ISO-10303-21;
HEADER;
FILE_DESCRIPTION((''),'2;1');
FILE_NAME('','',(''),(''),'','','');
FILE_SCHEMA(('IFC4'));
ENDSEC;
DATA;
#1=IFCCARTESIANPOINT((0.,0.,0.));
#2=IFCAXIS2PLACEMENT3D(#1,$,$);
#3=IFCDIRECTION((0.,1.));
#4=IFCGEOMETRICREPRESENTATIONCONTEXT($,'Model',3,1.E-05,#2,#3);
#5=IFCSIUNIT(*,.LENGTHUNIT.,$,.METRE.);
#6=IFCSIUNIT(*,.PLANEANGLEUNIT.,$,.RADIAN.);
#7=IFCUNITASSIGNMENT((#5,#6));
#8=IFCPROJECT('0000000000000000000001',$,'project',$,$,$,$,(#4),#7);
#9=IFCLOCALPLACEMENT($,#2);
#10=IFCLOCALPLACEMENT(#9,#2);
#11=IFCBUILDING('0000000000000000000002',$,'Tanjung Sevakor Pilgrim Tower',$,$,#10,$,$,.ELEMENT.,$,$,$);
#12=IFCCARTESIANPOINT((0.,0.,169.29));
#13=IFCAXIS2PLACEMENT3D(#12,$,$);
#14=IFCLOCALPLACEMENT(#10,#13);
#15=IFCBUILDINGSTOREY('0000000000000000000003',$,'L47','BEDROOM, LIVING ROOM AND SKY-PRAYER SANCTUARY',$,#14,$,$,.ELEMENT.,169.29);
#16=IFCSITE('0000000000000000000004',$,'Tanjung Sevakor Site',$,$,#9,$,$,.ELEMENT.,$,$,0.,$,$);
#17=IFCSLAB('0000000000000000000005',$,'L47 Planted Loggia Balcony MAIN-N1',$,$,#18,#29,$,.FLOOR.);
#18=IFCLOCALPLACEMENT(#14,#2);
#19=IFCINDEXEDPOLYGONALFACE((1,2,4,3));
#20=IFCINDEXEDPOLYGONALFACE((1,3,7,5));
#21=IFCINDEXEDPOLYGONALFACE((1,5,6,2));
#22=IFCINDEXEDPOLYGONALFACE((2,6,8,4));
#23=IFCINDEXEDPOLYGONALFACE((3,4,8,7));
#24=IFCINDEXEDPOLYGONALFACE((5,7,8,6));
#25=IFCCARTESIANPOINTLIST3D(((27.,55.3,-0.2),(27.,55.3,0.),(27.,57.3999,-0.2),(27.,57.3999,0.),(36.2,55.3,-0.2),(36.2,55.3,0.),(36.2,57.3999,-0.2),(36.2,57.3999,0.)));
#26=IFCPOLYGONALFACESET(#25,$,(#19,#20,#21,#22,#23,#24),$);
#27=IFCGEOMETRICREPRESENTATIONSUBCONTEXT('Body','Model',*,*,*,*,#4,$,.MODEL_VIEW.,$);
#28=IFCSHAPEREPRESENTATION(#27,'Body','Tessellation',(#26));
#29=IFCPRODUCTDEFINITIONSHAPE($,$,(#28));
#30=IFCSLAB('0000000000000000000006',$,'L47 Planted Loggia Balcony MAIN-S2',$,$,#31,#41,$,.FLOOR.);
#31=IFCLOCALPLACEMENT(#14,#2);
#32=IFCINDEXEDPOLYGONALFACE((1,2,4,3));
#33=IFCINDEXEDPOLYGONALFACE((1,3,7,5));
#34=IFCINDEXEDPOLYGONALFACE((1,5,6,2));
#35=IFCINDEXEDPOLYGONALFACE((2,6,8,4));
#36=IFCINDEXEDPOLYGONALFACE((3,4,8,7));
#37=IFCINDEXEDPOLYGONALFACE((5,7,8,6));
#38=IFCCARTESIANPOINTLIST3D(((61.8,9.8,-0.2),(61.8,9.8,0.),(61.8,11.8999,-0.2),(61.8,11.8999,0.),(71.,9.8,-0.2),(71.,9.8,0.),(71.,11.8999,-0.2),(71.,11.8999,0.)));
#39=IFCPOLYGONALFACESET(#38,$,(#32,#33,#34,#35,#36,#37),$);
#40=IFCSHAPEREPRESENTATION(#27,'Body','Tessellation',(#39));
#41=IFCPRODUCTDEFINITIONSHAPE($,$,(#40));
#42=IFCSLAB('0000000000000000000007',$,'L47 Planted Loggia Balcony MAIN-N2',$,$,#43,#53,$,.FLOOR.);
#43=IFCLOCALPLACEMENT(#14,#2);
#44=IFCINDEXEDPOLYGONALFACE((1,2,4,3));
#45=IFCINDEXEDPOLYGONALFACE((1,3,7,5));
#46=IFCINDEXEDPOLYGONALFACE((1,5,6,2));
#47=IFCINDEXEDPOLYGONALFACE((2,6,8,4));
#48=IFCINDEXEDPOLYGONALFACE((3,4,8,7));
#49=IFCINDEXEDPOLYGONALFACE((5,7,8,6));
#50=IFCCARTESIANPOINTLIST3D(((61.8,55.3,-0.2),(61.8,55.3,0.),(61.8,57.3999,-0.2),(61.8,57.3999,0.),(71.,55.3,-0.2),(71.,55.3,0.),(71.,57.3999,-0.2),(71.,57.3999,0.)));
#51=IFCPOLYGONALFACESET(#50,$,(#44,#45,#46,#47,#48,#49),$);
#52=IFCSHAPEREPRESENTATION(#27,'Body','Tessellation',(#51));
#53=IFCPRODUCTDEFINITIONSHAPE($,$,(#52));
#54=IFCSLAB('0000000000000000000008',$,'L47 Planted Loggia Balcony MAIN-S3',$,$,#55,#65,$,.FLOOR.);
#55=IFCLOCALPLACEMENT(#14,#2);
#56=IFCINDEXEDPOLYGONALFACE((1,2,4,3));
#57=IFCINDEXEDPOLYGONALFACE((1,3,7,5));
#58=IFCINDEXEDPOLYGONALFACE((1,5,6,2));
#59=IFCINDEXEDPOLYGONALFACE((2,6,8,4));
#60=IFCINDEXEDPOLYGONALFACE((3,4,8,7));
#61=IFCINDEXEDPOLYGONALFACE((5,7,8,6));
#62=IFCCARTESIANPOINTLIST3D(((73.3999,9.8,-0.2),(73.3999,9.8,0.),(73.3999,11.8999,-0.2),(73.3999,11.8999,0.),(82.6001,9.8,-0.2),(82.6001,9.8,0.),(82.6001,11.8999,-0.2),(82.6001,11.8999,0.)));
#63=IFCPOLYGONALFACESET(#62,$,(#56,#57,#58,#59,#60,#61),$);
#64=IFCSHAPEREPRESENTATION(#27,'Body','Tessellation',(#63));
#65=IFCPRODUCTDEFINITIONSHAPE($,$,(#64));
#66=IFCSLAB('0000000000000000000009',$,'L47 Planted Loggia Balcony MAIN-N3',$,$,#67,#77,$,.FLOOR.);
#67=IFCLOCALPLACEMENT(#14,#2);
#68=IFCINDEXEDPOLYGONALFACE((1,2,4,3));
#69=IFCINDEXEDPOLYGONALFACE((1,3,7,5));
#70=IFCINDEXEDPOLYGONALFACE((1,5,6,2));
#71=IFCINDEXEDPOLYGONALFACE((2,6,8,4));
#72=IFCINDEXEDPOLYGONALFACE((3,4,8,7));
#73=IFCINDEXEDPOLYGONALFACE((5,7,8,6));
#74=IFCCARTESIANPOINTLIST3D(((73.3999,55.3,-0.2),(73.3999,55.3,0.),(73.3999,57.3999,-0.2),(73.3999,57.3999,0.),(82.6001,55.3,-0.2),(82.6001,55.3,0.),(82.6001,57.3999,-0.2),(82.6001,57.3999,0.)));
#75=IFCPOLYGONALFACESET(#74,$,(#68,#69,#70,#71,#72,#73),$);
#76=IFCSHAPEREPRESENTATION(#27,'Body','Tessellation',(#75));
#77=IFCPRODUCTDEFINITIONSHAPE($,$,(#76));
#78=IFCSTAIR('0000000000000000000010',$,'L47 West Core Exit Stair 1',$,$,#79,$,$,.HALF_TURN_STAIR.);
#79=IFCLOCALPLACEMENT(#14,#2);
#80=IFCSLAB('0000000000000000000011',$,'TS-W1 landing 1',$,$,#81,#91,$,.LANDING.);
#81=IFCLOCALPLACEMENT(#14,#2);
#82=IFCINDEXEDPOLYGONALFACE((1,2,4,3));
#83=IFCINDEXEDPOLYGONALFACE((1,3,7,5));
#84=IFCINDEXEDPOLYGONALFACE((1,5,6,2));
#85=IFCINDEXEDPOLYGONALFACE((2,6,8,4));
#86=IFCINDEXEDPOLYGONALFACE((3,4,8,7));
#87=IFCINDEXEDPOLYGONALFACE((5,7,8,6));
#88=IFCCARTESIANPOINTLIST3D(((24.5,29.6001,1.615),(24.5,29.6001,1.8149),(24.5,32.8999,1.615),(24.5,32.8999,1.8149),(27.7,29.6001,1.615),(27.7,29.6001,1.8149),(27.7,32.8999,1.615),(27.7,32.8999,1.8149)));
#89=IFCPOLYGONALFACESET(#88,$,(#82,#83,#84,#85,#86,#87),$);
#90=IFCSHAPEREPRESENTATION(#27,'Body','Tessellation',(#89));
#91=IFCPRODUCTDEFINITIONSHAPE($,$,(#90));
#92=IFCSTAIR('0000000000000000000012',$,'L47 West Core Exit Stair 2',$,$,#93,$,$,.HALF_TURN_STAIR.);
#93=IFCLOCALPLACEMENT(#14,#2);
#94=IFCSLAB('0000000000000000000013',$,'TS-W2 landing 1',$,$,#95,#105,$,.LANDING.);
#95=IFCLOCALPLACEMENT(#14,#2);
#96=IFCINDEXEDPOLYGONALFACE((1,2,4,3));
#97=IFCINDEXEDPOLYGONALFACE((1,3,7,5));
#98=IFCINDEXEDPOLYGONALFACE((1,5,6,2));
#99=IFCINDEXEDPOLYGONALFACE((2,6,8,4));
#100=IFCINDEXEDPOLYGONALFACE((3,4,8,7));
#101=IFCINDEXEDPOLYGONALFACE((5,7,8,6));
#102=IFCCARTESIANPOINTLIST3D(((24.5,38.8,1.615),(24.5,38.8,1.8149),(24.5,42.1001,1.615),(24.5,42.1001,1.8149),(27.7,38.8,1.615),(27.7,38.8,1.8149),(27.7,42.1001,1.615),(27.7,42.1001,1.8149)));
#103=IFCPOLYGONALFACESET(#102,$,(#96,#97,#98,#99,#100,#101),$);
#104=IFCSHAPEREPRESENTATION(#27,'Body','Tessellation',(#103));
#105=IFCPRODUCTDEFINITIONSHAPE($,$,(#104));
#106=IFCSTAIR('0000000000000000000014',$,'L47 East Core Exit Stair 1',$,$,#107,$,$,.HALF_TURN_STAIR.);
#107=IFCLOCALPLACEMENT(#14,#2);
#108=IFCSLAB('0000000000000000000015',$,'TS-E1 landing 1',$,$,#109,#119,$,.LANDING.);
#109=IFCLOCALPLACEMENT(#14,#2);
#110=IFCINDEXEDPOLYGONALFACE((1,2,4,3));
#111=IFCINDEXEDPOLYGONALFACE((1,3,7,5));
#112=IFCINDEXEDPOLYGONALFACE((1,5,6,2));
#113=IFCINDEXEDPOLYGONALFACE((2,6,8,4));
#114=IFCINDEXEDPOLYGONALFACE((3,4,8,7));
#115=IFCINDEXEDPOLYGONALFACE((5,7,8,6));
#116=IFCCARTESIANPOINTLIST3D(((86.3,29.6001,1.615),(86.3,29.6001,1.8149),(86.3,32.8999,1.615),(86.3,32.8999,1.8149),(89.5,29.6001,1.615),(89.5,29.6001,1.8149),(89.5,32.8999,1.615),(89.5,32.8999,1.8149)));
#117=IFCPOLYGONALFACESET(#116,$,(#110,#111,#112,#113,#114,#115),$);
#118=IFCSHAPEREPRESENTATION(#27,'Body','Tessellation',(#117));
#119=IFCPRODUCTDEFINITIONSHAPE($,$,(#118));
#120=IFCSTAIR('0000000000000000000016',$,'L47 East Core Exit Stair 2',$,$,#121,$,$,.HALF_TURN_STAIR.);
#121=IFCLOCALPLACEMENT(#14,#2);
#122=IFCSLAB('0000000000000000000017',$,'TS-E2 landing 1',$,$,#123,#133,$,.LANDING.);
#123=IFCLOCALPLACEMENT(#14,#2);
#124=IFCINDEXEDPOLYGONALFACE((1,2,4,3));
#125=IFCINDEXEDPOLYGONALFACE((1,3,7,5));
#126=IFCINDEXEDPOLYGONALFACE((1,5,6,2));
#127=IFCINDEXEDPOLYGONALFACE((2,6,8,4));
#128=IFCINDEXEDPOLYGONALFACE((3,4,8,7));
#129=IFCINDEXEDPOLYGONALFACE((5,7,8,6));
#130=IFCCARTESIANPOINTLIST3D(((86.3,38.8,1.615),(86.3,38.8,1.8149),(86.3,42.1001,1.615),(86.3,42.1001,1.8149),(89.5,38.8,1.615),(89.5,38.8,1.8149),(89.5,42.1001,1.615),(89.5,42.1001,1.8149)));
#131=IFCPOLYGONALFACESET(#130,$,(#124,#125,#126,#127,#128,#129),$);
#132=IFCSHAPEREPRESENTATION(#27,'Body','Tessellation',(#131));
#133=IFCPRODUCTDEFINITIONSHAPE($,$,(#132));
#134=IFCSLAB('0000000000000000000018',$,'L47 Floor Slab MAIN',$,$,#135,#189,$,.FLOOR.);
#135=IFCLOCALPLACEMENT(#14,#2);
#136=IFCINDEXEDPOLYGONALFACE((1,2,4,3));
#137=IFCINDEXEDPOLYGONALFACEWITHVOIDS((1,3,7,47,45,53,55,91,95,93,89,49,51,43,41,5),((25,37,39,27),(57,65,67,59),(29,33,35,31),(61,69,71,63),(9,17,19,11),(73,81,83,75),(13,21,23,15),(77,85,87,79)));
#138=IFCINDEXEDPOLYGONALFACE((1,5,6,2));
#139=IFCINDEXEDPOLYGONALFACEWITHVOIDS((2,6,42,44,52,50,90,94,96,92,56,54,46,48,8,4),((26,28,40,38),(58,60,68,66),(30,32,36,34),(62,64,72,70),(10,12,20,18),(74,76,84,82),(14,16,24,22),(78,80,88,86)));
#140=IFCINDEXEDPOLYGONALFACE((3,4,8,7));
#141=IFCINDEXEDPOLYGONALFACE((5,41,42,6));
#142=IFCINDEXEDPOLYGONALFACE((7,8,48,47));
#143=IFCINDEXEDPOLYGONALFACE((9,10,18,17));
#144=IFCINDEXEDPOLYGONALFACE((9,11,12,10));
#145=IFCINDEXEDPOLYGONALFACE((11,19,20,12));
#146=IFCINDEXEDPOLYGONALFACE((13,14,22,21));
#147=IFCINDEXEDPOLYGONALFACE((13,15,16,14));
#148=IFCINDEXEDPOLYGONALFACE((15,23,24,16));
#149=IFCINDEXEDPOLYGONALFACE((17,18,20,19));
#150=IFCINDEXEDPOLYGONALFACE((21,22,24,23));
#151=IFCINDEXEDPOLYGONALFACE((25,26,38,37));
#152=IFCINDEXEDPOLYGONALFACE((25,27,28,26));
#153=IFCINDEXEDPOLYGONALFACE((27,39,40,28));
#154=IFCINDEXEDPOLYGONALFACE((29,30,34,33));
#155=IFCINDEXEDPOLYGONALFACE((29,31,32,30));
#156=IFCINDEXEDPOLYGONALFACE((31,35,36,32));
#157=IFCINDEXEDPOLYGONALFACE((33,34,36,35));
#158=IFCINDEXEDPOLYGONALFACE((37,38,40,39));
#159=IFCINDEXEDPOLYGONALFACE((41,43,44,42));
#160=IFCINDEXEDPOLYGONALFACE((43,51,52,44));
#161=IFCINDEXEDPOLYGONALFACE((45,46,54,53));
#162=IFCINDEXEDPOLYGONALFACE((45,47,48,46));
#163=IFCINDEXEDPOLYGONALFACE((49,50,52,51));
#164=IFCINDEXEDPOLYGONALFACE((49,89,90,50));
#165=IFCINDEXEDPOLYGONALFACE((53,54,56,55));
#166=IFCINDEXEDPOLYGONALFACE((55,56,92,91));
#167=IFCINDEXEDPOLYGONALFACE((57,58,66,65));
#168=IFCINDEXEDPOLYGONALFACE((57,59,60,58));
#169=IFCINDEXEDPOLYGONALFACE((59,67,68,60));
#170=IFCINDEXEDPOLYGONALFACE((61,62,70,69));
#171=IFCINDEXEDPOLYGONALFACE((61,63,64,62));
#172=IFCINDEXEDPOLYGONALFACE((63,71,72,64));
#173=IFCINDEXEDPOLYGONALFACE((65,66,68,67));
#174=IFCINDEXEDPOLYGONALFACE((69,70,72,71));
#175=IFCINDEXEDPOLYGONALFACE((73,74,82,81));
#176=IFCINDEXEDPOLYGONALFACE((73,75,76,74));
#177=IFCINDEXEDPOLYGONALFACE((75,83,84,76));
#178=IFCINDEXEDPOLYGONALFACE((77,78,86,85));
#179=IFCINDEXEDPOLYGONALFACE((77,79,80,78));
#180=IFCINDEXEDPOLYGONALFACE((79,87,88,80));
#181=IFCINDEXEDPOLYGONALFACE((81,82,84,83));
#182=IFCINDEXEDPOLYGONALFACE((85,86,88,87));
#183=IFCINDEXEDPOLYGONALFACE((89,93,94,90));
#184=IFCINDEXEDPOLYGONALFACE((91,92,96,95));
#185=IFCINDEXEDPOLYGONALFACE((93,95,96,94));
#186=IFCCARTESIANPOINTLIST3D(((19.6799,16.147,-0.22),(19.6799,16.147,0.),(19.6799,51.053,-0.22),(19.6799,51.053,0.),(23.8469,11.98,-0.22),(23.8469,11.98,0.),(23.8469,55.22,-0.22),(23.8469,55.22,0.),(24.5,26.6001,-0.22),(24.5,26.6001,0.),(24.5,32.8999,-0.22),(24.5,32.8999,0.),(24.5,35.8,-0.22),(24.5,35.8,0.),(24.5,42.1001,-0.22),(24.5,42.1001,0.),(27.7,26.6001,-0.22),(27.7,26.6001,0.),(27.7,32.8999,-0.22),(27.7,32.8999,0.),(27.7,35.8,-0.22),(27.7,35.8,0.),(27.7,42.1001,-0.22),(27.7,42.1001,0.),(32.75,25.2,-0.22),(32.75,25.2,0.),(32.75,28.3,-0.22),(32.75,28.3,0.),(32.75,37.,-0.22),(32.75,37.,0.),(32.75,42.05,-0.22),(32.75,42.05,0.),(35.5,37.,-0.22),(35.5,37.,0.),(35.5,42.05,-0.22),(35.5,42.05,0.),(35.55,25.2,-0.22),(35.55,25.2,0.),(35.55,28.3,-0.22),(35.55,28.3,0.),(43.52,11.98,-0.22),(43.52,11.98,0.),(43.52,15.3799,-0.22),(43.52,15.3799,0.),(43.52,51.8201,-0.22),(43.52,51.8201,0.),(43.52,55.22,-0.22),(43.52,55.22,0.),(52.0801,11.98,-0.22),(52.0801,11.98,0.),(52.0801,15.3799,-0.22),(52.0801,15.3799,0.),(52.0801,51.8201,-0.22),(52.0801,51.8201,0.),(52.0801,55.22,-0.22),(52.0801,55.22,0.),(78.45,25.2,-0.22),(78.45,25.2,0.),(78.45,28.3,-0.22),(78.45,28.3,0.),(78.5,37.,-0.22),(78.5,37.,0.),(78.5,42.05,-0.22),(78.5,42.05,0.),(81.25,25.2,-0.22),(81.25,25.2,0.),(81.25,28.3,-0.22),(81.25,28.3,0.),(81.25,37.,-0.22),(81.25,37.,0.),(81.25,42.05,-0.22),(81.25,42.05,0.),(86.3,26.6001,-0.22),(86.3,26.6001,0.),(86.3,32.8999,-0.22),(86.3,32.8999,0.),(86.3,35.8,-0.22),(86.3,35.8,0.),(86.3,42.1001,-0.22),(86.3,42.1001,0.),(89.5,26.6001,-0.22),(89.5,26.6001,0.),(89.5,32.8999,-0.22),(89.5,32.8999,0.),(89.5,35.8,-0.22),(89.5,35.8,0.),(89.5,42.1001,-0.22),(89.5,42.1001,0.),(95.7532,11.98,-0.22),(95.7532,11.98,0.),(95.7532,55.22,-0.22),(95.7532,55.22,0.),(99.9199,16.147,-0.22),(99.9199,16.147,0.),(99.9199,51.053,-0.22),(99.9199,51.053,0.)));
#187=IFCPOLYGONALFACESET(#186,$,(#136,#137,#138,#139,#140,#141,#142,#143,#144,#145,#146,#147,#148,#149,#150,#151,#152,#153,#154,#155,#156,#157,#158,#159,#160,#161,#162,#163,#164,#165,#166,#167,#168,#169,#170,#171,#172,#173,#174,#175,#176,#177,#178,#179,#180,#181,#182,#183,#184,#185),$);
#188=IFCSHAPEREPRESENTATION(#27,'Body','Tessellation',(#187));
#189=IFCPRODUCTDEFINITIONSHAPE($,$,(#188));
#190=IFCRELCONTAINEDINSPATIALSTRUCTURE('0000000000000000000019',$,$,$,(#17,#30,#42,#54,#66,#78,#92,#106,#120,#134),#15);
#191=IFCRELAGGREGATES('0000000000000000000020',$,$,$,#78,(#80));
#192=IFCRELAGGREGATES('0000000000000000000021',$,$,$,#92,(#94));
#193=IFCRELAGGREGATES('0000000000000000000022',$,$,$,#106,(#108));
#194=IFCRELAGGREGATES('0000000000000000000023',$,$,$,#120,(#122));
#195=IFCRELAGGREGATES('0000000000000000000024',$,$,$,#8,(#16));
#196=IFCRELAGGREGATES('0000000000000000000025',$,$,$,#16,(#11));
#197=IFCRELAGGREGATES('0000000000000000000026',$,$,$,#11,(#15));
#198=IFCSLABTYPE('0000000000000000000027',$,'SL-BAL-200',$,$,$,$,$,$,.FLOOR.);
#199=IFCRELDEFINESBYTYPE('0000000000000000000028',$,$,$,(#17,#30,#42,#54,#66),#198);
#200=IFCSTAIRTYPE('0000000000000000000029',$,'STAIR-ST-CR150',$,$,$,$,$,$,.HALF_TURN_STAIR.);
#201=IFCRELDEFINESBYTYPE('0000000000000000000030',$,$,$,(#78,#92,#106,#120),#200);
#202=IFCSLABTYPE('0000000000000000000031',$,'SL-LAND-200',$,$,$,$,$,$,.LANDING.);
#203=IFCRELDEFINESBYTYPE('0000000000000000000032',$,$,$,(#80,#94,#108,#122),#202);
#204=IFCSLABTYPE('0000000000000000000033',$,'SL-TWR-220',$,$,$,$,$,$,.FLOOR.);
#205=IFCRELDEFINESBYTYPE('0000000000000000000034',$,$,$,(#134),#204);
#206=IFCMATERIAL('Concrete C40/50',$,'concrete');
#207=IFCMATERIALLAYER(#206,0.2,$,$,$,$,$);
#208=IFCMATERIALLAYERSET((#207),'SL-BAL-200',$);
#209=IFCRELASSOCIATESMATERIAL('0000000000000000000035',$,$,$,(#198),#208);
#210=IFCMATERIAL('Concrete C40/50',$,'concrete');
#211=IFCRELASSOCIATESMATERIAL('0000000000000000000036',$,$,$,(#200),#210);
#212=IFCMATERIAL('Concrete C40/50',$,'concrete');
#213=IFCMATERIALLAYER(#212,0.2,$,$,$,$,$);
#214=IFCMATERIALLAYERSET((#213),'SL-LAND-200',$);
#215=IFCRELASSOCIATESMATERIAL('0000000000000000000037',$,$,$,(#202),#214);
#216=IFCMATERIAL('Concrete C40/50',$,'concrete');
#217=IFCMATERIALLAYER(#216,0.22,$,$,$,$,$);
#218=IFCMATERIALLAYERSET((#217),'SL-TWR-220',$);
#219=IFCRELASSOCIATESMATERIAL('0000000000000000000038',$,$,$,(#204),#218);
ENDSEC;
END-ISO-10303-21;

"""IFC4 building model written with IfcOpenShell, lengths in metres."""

from ifc_helpers import new_model, si_unit, direction, frame, origin, place, context, subcontext, project, spatial, polyline, outline, extrude, material, layer, layer_set, type_object, element, aggregate, save


model = new_model("IFC4")

# Units and contexts
model_context = context("Model", 3, precision=1e-05, world=origin(), true_north=direction((0.0, 1.0)))
body_context = subcontext(model_context, "Body", "Model", "MODEL_VIEW")
ifc_project = project(units=[si_unit("LENGTHUNIT", "METRE"), si_unit("PLANEANGLEUNIT", "RADIAN")], contexts=[model_context])

# Site, building, storey
site_placement = place(None, origin())
site = spatial("IfcSite", under=ifc_project, at=site_placement, Name="Tanjung Sevakor Site", CompositionType="ELEMENT", RefElevation=0.0)
building_placement = place(site_placement, origin())
building = spatial("IfcBuilding", under=site, at=building_placement, Name="Tanjung Sevakor Pilgrim Tower", CompositionType="ELEMENT")
storey_placement = place(building_placement, frame((0.0, 0.0, 169.29)))
storey = spatial("IfcBuildingStorey", under=building, at=storey_placement, Name="L47", Description="BEDROOM, LIVING ROOM AND SKY-PRAYER SANCTUARY", CompositionType="ELEMENT", Elevation=169.29)

# Slabs
ifc_material_1 = material(Name="Concrete C40/50", Category="concrete")
ifc_layer_1 = layer(ifc_material_1, 0.2)
ifc_layer_set_1 = layer_set([ifc_layer_1], Name="SL-BAL-200")
slab_type_1 = type_object("IfcSlabType", Name="SL-BAL-200", PredefinedType="FLOOR", material=ifc_layer_set_1)
slab_1_placement = place(storey_placement, frame((0.0, 0.0, -0.2)))
element("IfcSlab", 1, at=slab_1_placement, inside=storey, type_object=slab_type_1, Name="L47 Planted Loggia Balcony MAIN-N1", PredefinedType="FLOOR", context=body_context, shape_type="SweptSolid", body=[
    extrude(outline(polyline([(27.0, 55.3), (36.2, 55.3), (36.2, 57.3999), (27.0, 57.3999), (27.0, 55.3)])), origin(), (0.0, 0.0, 1.0), 0.2),
])
slab_2_placement = place(storey_placement, frame((0.0, 0.0, -0.2)))
element("IfcSlab", 2, at=slab_2_placement, inside=storey, type_object=slab_type_1, Name="L47 Planted Loggia Balcony MAIN-S2", PredefinedType="FLOOR", context=body_context, shape_type="SweptSolid", body=[
    extrude(outline(polyline([(61.8, 9.8), (71.0, 9.8), (71.0, 11.8999), (61.8, 11.8999), (61.8, 9.8)])), origin(), (0.0, 0.0, 1.0), 0.2),
])
slab_3_placement = place(storey_placement, frame((0.0, 0.0, -0.2)))
element("IfcSlab", 3, at=slab_3_placement, inside=storey, type_object=slab_type_1, Name="L47 Planted Loggia Balcony MAIN-N2", PredefinedType="FLOOR", context=body_context, shape_type="SweptSolid", body=[
    extrude(outline(polyline([(61.8, 55.3), (71.0, 55.3), (71.0, 57.3999), (61.8, 57.3999), (61.8, 55.3)])), origin(), (0.0, 0.0, 1.0), 0.2),
])
slab_4_placement = place(storey_placement, frame((0.0, 0.0, -0.2)))
element("IfcSlab", 4, at=slab_4_placement, inside=storey, type_object=slab_type_1, Name="L47 Planted Loggia Balcony MAIN-S3", PredefinedType="FLOOR", context=body_context, shape_type="SweptSolid", body=[
    extrude(outline(polyline([(73.3999, 9.8), (82.6001, 9.8), (82.6001, 11.8999), (73.3999, 11.8999), (73.3999, 9.8)])), origin(), (0.0, 0.0, 1.0), 0.2),
])
slab_5_placement = place(storey_placement, frame((0.0, 0.0, -0.2)))
element("IfcSlab", 5, at=slab_5_placement, inside=storey, type_object=slab_type_1, Name="L47 Planted Loggia Balcony MAIN-N3", PredefinedType="FLOOR", context=body_context, shape_type="SweptSolid", body=[
    extrude(outline(polyline([(73.3999, 55.3), (82.6001, 55.3), (82.6001, 57.3999), (73.3999, 57.3999), (73.3999, 55.3)])), origin(), (0.0, 0.0, 1.0), 0.2),
])

# Stairs, slabs
ifc_material_2 = material(Name="Concrete C40/50", Category="concrete")
stair_type = type_object("IfcStairType", Name="STAIR-ST-CR150", PredefinedType="HALF_TURN_STAIR", material=ifc_material_2)
stair_1_placement = place(storey_placement, origin())
stair_1 = element("IfcStair", 6, at=stair_1_placement, inside=storey, type_object=stair_type, Name="L47 West Core Exit Stair 1", PredefinedType="HALF_TURN_STAIR")
ifc_material_3 = material(Name="Concrete C40/50", Category="concrete")
ifc_layer_2 = layer(ifc_material_3, 0.2)
ifc_layer_set_2 = layer_set([ifc_layer_2], Name="SL-LAND-200")
slab_type_2 = type_object("IfcSlabType", Name="SL-LAND-200", PredefinedType="LANDING", material=ifc_layer_set_2)
slab_6_placement = place(storey_placement, frame((0.0, 0.0, 1.615)))
slab_6 = element("IfcSlab", 7, at=slab_6_placement, type_object=slab_type_2, Name="TS-W1 landing 1", PredefinedType="LANDING", context=body_context, shape_type="SweptSolid", body=[
    extrude(outline(polyline([(27.7, 29.6001), (27.7, 32.8999), (24.5, 32.8999), (24.5, 29.6001), (27.7, 29.6001)])), origin(), (0.0, 0.0, 1.0), 0.2),
])
aggregate(stair_1, [slab_6])
stair_2_placement = place(storey_placement, origin())
stair_2 = element("IfcStair", 8, at=stair_2_placement, inside=storey, type_object=stair_type, Name="L47 West Core Exit Stair 2", PredefinedType="HALF_TURN_STAIR")
slab_7_placement = place(storey_placement, frame((0.0, 0.0, 1.615)))
slab_7 = element("IfcSlab", 9, at=slab_7_placement, type_object=slab_type_2, Name="TS-W2 landing 1", PredefinedType="LANDING", context=body_context, shape_type="SweptSolid", body=[
    extrude(outline(polyline([(27.7, 38.8), (27.7, 42.1001), (24.5, 42.1001), (24.5, 38.8), (27.7, 38.8)])), origin(), (0.0, 0.0, 1.0), 0.2),
])
aggregate(stair_2, [slab_7])
stair_3_placement = place(storey_placement, origin())
stair_3 = element("IfcStair", 10, at=stair_3_placement, inside=storey, type_object=stair_type, Name="L47 East Core Exit Stair 1", PredefinedType="HALF_TURN_STAIR")
slab_8_placement = place(storey_placement, frame((0.0, 0.0, 1.615)))
slab_8 = element("IfcSlab", 11, at=slab_8_placement, type_object=slab_type_2, Name="TS-E1 landing 1", PredefinedType="LANDING", context=body_context, shape_type="SweptSolid", body=[
    extrude(outline(polyline([(89.5, 29.6001), (89.5, 32.8999), (86.3, 32.8999), (86.3, 29.6001), (89.5, 29.6001)])), origin(), (0.0, 0.0, 1.0), 0.2),
])
aggregate(stair_3, [slab_8])
stair_4_placement = place(storey_placement, origin())
stair_4 = element("IfcStair", 12, at=stair_4_placement, inside=storey, type_object=stair_type, Name="L47 East Core Exit Stair 2", PredefinedType="HALF_TURN_STAIR")
slab_9_placement = place(storey_placement, frame((0.0, 0.0, 1.615)))
slab_9 = element("IfcSlab", 13, at=slab_9_placement, type_object=slab_type_2, Name="TS-E2 landing 1", PredefinedType="LANDING", context=body_context, shape_type="SweptSolid", body=[
    extrude(outline(polyline([(89.5, 38.8), (89.5, 42.1001), (86.3, 42.1001), (86.3, 38.8), (89.5, 38.8)])), origin(), (0.0, 0.0, 1.0), 0.2),
])
aggregate(stair_4, [slab_9])

# Slab
ifc_material_4 = material(Name="Concrete C40/50", Category="concrete")
ifc_layer_3 = layer(ifc_material_4, 0.22)
ifc_layer_set_3 = layer_set([ifc_layer_3], Name="SL-TWR-220")
slab_type_3 = type_object("IfcSlabType", Name="SL-TWR-220", PredefinedType="FLOOR", material=ifc_layer_set_3)
slab_10_placement = place(storey_placement, frame((0.0, 0.0, -0.22)))
element("IfcSlab", 14, at=slab_10_placement, inside=storey, type_object=slab_type_3, Name="L47 Floor Slab MAIN", PredefinedType="FLOOR", context=body_context, shape_type="SweptSolid", body=[
    extrude(outline(polyline([(23.8469, 11.98), (43.52, 11.98), (43.52, 15.3799), (52.0801, 15.3799), (52.0801, 11.98), (95.7532, 11.98), (99.9199, 16.147), (99.9199, 51.053), (95.7532, 55.22), (52.0801, 55.22), (52.0801, 51.8201), (43.52, 51.8201), (43.52, 55.22), (23.8469, 55.22), (19.6799, 51.053), (19.6799, 16.147), (23.8469, 11.98)]), holes=[polyline([(27.7, 26.6001), (27.7, 32.8999), (24.5, 32.8999), (24.5, 26.6001), (27.7, 26.6001)]), polyline([(27.7, 35.8), (27.7, 42.1001), (24.5, 42.1001), (24.5, 35.8), (27.7, 35.8)]), polyline([(89.5, 26.6001), (89.5, 32.8999), (86.3, 32.8999), (86.3, 26.6001), (89.5, 26.6001)]), polyline([(89.5, 35.8), (89.5, 42.1001), (86.3, 42.1001), (86.3, 35.8), (89.5, 35.8)]), polyline([(32.75, 25.2), (35.55, 25.2), (35.55, 28.3), (32.75, 28.3), (32.75, 25.2)]), polyline([(32.75, 37.0), (35.5, 37.0), (35.5, 42.05), (32.75, 42.05), (32.75, 37.0)]), polyline([(78.45, 25.2), (81.25, 25.2), (81.25, 28.3), (78.45, 28.3), (78.45, 25.2)]), polyline([(78.5, 37.0), (81.25, 37.0), (81.25, 42.05), (78.5, 42.05), (78.5, 37.0)])]), origin(), (0.0, 0.0, 1.0), 0.22),
])

save(model, "model.ifc")
